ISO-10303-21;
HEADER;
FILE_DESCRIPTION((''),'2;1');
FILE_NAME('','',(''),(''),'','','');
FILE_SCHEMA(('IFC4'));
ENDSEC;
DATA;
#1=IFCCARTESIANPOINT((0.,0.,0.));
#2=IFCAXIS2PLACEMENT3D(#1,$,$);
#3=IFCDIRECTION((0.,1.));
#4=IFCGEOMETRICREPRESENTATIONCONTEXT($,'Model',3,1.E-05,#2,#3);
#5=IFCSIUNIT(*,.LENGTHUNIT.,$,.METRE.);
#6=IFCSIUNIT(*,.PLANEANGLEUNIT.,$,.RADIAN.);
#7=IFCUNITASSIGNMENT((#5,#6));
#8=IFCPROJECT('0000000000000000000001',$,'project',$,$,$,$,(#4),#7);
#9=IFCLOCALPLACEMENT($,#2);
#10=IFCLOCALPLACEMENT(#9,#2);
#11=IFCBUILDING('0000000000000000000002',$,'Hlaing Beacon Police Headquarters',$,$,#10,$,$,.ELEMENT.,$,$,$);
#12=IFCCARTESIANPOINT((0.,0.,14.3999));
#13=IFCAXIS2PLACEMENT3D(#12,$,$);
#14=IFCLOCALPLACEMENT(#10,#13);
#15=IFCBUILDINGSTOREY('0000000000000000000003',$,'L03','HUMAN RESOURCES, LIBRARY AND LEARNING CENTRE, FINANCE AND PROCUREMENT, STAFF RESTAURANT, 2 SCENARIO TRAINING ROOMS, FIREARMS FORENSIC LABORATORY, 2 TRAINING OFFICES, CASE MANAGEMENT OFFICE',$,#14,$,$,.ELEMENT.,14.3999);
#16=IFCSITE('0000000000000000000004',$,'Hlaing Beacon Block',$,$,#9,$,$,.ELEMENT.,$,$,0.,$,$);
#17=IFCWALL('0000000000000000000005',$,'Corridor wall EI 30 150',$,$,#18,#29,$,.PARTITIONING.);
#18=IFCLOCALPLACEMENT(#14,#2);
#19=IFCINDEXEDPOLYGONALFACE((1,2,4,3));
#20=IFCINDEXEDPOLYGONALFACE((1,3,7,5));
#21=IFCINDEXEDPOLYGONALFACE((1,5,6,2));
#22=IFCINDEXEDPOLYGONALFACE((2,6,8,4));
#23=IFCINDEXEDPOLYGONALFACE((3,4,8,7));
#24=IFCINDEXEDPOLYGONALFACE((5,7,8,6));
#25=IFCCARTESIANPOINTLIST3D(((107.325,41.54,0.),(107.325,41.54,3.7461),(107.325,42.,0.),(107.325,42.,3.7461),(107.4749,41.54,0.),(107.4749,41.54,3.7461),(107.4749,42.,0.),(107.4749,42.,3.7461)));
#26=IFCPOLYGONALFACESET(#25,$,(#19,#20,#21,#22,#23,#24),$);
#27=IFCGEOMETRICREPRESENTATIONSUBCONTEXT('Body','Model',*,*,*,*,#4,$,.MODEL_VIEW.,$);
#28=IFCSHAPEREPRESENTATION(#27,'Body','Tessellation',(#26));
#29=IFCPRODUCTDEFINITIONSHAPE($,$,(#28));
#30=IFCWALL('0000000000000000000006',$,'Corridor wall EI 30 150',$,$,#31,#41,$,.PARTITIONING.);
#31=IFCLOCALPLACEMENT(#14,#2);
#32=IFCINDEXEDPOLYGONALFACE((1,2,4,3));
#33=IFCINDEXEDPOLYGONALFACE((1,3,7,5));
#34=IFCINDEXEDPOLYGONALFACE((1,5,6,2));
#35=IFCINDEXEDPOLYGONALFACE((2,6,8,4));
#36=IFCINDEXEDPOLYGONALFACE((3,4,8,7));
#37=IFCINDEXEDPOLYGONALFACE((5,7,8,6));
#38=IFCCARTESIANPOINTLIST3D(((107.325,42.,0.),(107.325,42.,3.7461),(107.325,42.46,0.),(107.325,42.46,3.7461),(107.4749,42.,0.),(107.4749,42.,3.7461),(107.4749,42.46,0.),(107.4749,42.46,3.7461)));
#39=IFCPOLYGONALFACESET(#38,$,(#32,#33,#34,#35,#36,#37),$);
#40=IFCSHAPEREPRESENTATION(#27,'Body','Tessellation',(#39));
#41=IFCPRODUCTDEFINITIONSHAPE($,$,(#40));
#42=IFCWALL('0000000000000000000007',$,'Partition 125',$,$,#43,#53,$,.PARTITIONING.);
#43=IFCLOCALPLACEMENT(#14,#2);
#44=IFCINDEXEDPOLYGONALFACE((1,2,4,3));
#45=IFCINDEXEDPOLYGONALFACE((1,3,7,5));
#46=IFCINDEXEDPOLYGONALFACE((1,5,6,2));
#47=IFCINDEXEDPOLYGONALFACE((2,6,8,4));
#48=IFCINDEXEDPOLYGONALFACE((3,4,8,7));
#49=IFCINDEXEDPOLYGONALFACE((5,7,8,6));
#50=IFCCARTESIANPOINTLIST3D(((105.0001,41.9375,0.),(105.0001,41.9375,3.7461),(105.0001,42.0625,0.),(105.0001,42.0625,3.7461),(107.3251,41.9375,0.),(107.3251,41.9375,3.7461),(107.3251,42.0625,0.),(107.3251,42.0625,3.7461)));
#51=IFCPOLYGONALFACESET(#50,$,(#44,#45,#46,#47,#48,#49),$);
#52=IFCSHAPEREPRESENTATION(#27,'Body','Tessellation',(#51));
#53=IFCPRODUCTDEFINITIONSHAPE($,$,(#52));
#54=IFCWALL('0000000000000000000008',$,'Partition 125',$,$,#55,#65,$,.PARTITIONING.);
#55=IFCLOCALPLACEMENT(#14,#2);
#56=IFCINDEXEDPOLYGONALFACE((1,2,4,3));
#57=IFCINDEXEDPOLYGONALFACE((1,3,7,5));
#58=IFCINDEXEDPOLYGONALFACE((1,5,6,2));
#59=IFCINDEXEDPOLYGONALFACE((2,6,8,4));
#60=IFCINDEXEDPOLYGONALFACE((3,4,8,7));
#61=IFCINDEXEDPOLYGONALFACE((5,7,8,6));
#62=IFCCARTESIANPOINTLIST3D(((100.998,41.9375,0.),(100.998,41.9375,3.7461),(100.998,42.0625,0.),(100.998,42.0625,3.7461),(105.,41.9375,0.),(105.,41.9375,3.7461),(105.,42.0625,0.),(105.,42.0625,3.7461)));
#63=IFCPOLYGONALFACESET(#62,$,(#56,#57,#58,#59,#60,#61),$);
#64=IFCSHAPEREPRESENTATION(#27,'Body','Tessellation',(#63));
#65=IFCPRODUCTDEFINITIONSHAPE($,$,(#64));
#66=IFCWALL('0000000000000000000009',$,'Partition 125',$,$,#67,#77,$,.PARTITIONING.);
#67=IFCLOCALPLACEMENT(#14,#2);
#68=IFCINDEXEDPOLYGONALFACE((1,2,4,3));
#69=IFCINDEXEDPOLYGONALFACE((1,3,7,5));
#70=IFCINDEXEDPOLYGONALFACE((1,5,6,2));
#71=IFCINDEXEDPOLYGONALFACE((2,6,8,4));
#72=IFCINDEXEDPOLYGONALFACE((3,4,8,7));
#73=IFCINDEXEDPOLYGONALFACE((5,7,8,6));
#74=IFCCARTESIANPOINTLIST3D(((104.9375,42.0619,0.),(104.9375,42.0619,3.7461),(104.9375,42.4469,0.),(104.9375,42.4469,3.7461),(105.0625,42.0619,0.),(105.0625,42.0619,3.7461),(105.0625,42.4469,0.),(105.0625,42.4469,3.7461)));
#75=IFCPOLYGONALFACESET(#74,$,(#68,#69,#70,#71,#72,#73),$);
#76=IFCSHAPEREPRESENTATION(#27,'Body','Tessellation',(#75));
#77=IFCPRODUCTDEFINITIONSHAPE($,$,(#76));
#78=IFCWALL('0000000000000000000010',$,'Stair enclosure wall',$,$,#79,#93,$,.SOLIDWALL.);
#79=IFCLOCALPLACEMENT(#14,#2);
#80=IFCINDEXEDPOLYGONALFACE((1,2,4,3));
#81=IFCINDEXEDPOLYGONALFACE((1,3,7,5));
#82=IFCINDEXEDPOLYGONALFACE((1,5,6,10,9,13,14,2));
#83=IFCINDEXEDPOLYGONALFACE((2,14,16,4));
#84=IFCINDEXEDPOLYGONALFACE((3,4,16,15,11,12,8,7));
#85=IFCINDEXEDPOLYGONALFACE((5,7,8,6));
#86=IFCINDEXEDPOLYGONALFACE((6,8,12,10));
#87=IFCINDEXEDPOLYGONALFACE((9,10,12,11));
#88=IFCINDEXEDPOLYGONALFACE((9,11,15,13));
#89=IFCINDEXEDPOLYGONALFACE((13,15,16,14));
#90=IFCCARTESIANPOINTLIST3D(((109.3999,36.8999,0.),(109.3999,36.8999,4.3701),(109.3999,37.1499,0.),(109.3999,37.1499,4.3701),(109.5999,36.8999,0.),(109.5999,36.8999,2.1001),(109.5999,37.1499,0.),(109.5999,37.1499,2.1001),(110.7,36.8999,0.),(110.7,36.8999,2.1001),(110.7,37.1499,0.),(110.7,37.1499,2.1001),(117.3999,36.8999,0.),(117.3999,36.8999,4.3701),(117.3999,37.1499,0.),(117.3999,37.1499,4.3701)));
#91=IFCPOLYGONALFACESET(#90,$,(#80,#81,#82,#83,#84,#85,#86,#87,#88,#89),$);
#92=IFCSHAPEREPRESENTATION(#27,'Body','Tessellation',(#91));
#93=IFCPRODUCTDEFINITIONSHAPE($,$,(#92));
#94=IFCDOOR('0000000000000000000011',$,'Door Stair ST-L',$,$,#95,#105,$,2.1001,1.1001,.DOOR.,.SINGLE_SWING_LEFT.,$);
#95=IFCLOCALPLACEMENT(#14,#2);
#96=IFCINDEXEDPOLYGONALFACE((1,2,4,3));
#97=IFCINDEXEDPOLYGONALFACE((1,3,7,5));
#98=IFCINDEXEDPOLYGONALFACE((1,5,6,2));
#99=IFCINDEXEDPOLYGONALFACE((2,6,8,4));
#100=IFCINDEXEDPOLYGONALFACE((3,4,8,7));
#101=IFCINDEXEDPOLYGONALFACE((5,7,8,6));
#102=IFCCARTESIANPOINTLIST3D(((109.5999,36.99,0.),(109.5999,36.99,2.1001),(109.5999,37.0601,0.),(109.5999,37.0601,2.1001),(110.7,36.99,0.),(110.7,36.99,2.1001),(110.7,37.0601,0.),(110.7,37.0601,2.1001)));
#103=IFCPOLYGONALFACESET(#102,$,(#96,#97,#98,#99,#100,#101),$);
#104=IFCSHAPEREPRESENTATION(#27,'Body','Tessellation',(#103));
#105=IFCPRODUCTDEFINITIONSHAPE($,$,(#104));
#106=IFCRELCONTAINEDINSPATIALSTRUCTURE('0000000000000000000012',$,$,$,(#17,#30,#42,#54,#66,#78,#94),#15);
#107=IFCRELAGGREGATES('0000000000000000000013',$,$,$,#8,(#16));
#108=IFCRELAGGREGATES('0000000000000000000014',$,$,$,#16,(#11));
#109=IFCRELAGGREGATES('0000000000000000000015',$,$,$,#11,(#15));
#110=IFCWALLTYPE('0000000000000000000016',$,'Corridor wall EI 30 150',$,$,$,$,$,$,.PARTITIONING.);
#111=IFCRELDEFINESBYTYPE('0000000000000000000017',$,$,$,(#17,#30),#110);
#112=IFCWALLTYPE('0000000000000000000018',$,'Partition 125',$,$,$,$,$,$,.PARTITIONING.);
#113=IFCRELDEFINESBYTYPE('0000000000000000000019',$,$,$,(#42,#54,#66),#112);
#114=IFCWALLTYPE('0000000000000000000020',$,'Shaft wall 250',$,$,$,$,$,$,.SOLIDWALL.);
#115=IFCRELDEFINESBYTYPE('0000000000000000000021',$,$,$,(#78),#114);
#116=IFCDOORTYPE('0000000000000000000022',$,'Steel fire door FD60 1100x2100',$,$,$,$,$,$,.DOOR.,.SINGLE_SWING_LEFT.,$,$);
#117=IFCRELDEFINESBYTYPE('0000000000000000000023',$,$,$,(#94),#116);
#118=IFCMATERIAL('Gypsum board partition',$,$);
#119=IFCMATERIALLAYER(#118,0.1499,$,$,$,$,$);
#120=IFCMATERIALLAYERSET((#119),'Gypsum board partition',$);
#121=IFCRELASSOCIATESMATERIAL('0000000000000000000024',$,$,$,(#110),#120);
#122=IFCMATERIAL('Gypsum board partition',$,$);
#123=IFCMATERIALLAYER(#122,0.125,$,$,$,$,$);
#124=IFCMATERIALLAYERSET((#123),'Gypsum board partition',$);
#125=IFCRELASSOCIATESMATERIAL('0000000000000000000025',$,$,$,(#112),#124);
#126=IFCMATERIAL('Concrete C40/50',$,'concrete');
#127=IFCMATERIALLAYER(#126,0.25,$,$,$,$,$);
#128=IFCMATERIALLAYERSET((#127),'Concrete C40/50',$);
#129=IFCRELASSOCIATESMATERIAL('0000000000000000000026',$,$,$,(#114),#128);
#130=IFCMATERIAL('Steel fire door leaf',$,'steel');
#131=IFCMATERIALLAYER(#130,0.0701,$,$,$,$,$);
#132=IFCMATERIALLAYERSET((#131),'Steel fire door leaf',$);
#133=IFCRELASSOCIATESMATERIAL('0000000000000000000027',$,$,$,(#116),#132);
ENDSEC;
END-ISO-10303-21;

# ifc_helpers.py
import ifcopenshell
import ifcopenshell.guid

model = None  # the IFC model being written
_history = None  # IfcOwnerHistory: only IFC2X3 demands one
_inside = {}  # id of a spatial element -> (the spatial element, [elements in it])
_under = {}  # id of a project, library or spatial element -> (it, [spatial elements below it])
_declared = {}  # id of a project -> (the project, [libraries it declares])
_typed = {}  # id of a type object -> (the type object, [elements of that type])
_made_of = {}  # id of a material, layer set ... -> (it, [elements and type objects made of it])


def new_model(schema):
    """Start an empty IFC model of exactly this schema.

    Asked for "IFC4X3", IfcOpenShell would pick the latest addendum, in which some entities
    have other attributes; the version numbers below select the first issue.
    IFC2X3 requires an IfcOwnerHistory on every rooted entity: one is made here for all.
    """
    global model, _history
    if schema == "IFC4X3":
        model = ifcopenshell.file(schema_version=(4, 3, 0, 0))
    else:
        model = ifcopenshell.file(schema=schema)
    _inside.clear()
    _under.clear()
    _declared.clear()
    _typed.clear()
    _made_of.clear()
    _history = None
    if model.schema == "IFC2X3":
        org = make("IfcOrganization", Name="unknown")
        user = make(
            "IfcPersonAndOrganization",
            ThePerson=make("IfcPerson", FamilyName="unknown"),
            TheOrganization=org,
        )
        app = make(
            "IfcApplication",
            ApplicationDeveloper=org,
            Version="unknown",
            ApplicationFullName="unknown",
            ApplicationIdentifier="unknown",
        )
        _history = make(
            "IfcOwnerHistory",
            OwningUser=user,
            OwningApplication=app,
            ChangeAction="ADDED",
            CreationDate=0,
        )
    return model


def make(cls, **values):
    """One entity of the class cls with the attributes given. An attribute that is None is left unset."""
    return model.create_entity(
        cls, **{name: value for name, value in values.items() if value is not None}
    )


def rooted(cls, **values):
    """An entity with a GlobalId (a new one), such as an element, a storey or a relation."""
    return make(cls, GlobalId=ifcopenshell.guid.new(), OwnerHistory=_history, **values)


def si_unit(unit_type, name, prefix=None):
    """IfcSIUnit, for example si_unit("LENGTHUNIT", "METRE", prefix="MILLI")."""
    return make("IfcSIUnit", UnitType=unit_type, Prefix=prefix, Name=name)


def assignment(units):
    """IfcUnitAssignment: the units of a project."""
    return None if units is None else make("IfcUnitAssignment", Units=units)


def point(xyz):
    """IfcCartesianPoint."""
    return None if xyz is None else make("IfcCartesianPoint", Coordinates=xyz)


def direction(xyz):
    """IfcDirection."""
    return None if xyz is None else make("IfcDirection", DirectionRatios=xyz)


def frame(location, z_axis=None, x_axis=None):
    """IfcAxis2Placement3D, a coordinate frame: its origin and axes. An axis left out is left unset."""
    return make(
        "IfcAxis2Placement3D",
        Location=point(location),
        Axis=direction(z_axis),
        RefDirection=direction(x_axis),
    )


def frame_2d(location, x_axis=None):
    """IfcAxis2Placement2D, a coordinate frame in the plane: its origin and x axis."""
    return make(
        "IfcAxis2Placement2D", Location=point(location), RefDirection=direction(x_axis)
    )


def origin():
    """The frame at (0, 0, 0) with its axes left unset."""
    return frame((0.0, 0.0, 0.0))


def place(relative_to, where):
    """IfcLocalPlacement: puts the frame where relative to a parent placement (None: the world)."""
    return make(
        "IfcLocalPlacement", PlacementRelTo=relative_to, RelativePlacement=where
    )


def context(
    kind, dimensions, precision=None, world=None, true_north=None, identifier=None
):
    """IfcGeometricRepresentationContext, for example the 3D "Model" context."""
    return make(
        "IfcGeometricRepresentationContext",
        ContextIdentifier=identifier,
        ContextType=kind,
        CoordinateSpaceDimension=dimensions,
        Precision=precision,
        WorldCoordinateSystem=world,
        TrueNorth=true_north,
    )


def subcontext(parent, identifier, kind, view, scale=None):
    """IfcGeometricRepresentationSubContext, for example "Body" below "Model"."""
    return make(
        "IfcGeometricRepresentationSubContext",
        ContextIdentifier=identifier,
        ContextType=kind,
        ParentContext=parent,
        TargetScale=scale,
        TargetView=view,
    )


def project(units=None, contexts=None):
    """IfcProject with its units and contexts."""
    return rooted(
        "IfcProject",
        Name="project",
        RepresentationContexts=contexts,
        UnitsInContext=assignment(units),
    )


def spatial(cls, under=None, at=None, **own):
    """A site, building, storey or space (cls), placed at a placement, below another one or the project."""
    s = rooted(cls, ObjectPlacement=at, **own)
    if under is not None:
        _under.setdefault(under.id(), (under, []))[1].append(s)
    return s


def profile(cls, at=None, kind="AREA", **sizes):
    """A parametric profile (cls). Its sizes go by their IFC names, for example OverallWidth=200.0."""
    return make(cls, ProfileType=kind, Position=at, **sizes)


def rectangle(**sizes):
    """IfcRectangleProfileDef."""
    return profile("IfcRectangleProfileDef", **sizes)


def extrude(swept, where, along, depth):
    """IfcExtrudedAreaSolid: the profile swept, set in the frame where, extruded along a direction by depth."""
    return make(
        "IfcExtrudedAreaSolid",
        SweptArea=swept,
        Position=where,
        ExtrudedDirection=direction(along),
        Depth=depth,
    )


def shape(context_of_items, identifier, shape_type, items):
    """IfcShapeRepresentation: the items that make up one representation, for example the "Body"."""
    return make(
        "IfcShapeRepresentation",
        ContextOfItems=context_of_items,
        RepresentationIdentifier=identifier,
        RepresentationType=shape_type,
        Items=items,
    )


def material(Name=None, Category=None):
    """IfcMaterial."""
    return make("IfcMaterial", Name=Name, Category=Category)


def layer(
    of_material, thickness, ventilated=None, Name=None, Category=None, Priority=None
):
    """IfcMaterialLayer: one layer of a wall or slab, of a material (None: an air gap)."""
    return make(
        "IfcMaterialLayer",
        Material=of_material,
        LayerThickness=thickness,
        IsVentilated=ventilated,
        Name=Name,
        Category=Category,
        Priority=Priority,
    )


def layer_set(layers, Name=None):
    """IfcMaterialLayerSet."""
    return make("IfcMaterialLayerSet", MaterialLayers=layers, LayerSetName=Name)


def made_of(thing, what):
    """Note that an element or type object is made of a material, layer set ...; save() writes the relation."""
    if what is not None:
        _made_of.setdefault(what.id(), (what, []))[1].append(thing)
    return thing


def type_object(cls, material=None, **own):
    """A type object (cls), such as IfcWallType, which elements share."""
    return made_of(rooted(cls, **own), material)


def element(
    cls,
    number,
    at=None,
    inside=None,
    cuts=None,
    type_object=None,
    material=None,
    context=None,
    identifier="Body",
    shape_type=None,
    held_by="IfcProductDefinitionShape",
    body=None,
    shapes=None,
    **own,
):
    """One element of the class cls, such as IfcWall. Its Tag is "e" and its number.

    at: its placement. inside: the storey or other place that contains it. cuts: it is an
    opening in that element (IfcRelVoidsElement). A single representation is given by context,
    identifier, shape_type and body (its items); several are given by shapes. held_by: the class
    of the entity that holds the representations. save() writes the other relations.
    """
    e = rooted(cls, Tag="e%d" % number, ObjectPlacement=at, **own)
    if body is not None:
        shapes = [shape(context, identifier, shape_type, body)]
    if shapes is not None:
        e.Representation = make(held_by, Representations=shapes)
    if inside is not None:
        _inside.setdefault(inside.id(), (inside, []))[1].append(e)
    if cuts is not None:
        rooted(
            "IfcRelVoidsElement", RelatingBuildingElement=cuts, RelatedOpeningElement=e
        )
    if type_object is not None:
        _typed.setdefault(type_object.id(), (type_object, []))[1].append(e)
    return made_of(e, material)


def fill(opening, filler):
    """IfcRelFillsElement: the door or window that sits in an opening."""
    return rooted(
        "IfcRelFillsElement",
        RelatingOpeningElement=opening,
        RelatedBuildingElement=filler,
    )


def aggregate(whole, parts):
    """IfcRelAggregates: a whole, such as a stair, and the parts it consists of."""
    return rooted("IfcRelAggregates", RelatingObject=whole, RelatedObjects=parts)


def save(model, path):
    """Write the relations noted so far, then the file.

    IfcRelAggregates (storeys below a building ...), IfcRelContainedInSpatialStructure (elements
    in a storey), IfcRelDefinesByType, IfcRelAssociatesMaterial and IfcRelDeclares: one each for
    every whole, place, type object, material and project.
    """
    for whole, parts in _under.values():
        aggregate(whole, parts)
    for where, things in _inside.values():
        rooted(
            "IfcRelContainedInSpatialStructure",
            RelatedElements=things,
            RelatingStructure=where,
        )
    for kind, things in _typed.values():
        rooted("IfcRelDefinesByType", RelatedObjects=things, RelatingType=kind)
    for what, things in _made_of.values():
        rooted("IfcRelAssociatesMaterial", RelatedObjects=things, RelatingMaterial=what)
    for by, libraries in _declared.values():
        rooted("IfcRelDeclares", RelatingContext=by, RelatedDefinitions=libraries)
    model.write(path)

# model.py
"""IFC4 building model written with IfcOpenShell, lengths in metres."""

from ifc_helpers import new_model, si_unit, direction, frame, frame_2d, origin, place, context, subcontext, project, spatial, rectangle, extrude, material, layer, layer_set, type_object, element, fill, save


model = new_model("IFC4")

# Units and contexts
model_context = context("Model", 3, precision=1e-05, world=origin(), true_north=direction((0.0, 1.0)))
body_context = subcontext(model_context, "Body", "Model", "MODEL_VIEW")
ifc_project = project(units=[si_unit("LENGTHUNIT", "METRE"), si_unit("PLANEANGLEUNIT", "RADIAN")], contexts=[model_context])

# Site, building, storey
site_placement = place(None, origin())
site = spatial("IfcSite", under=ifc_project, at=site_placement, Name="Hlaing Beacon Block", CompositionType="ELEMENT", RefElevation=0.0)
building_placement = place(site_placement, origin())
building = spatial("IfcBuilding", under=site, at=building_placement, Name="Hlaing Beacon Police Headquarters", CompositionType="ELEMENT")
storey_placement = place(building_placement, frame((0.0, 0.0, 14.3999)))
storey = spatial("IfcBuildingStorey", under=building, at=storey_placement, Name="L03", Description="HUMAN RESOURCES, LIBRARY AND LEARNING CENTRE, FINANCE AND PROCUREMENT, STAFF RESTAURANT, 2 SCENARIO TRAINING ROOMS, FIREARMS FORENSIC LABORATORY, 2 TRAINING OFFICES, CASE MANAGEMENT OFFICE", CompositionType="ELEMENT", Elevation=14.3999)

# Shared definitions
ifc_material_1 = material(Name="Gypsum board partition")
ifc_layer_1 = layer(ifc_material_1, 0.1499)
ifc_layer_set_1 = layer_set([ifc_layer_1], Name="Gypsum board partition")
wall_type_1 = type_object("IfcWallType", Name="Corridor wall EI 30 150", PredefinedType="PARTITIONING", material=ifc_layer_set_1)

# Walls
for number, where, z_axis, x_axis, name in (
    (1, (107.3999, 41.54, 0.0), (0.0, 0.0, 1.0), (0.0, 1.0, 0.0), "Corridor wall EI 30 150"),
    (2, (107.3999, 42.0, 0.0), (0.0, 0.0, 1.0), (0.0, 1.0, 0.0), "Corridor wall EI 30 150"),
):
    element("IfcWall", number, at=place(storey_placement, frame(where, z_axis=z_axis, x_axis=x_axis)), inside=storey, type_object=wall_type_1, Name=name, PredefinedType="PARTITIONING", context=body_context, shape_type="SweptSolid", body=[
        extrude(rectangle(XDim=0.46, YDim=0.1499, at=frame_2d((0.23, 0.0))), origin(), (0.0, 0.0, 1.0), 3.7461),
    ])
ifc_material_2 = material(Name="Gypsum board partition")
ifc_layer_2 = layer(ifc_material_2, 0.125)
ifc_layer_set_2 = layer_set([ifc_layer_2], Name="Gypsum board partition")
wall_type_2 = type_object("IfcWallType", Name="Partition 125", PredefinedType="PARTITIONING", material=ifc_layer_set_2)
wall_1_placement = place(storey_placement, frame((105.0, 42.0, 0.0), z_axis=(0.0, 0.0, 1.0), x_axis=(1.0, 0.0, 0.0)))
element("IfcWall", 3, at=wall_1_placement, inside=storey, type_object=wall_type_2, Name="Partition 125", PredefinedType="PARTITIONING", context=body_context, shape_type="SweptSolid", body=[
    extrude(rectangle(XDim=2.325, YDim=0.125, at=frame_2d((1.1626, 0.0))), origin(), (0.0, 0.0, 1.0), 3.7461),
])
wall_2_placement = place(storey_placement, frame((100.998, 42.0, 0.0), z_axis=(0.0, 0.0, 1.0), x_axis=(1.0, 0.0, 0.0)))
element("IfcWall", 4, at=wall_2_placement, inside=storey, type_object=wall_type_2, Name="Partition 125", PredefinedType="PARTITIONING", context=body_context, shape_type="SweptSolid", body=[
    extrude(rectangle(XDim=4.002, YDim=0.125, at=frame_2d((2.001, 0.0))), origin(), (0.0, 0.0, 1.0), 3.7461),
])
wall_3_placement = place(storey_placement, frame((105.0, 42.062, 0.0), z_axis=(0.0, 0.0, 1.0), x_axis=(0.0, 1.0, 0.0)))
element("IfcWall", 5, at=wall_3_placement, inside=storey, type_object=wall_type_2, Name="Partition 125", PredefinedType="PARTITIONING", context=body_context, shape_type="SweptSolid", body=[
    extrude(rectangle(XDim=0.385, YDim=0.125, at=frame_2d((0.1924, 0.0))), origin(), (0.0, 0.0, 1.0), 3.7461),
])

# Wall, opening, door
ifc_material_3 = material(Name="Concrete C40/50", Category="concrete")
ifc_layer_3 = layer(ifc_material_3, 0.25)
ifc_layer_set_3 = layer_set([ifc_layer_3], Name="Concrete C40/50")
wall_type_3 = type_object("IfcWallType", Name="Shaft wall 250", PredefinedType="SOLIDWALL", material=ifc_layer_set_3)
wall_4_placement = place(storey_placement, frame((109.3999, 37.0249, 0.0), z_axis=(0.0, 0.0, 1.0), x_axis=(1.0, 0.0, 0.0)))
wall_4 = element("IfcWall", 6, at=wall_4_placement, inside=storey, type_object=wall_type_3, Name="Stair enclosure wall", PredefinedType="SOLIDWALL", context=body_context, shape_type="SweptSolid", body=[
    extrude(rectangle(XDim=8.0, YDim=0.25, at=frame_2d((4.0, 0.0))), origin(), (0.0, 0.0, 1.0), 4.3701),
])
opening_1_placement = place(wall_4_placement, frame((0.2, 0.0, 0.0)))
opening_1 = element("IfcOpeningElement", 7, at=opening_1_placement, cuts=wall_4, PredefinedType="OPENING", context=body_context, shape_type="SweptSolid", body=[
    extrude(rectangle(XDim=1.1001, YDim=2.1001, at=frame_2d((0.55, 1.05))), frame((0.0, 0.135, 0.0), z_axis=(0.0, -1.0, 0.0), x_axis=(1.0, 0.0, 0.0)), (0.0, 0.0, 1.0), 0.27),
])
ifc_material_4 = material(Name="Steel fire door leaf", Category="steel")
ifc_layer_4 = layer(ifc_material_4, 0.0701)
ifc_layer_set_4 = layer_set([ifc_layer_4], Name="Steel fire door leaf")
door_type_1 = type_object("IfcDoorType", Name="Steel fire door FD60 1100x2100", OperationType="SINGLE_SWING_LEFT", PredefinedType="DOOR", material=ifc_layer_set_4)
door_1_placement = place(opening_1_placement, frame((1.1001, 0.0, 0.0), z_axis=(0.0, 0.0, 1.0), x_axis=(-1.0, 0.0, 0.0)))
door_1 = element("IfcDoor", 8, at=door_1_placement, inside=storey, type_object=door_type_1, Name="Door Stair ST-L", OperationType="SINGLE_SWING_LEFT", OverallHeight=2.1001, OverallWidth=1.1001, PredefinedType="DOOR", context=body_context, shape_type="SweptSolid", body=[
    extrude(rectangle(XDim=1.1001, YDim=2.1001, at=frame_2d((0.55, 1.05))), frame((0.0, 0.0349, 0.0), z_axis=(0.0, -1.0, 0.0), x_axis=(1.0, 0.0, 0.0)), (0.0, 0.0, 1.0), 0.0701),
])
fill(opening_1, door_1)

save(model, "model.ifc")
